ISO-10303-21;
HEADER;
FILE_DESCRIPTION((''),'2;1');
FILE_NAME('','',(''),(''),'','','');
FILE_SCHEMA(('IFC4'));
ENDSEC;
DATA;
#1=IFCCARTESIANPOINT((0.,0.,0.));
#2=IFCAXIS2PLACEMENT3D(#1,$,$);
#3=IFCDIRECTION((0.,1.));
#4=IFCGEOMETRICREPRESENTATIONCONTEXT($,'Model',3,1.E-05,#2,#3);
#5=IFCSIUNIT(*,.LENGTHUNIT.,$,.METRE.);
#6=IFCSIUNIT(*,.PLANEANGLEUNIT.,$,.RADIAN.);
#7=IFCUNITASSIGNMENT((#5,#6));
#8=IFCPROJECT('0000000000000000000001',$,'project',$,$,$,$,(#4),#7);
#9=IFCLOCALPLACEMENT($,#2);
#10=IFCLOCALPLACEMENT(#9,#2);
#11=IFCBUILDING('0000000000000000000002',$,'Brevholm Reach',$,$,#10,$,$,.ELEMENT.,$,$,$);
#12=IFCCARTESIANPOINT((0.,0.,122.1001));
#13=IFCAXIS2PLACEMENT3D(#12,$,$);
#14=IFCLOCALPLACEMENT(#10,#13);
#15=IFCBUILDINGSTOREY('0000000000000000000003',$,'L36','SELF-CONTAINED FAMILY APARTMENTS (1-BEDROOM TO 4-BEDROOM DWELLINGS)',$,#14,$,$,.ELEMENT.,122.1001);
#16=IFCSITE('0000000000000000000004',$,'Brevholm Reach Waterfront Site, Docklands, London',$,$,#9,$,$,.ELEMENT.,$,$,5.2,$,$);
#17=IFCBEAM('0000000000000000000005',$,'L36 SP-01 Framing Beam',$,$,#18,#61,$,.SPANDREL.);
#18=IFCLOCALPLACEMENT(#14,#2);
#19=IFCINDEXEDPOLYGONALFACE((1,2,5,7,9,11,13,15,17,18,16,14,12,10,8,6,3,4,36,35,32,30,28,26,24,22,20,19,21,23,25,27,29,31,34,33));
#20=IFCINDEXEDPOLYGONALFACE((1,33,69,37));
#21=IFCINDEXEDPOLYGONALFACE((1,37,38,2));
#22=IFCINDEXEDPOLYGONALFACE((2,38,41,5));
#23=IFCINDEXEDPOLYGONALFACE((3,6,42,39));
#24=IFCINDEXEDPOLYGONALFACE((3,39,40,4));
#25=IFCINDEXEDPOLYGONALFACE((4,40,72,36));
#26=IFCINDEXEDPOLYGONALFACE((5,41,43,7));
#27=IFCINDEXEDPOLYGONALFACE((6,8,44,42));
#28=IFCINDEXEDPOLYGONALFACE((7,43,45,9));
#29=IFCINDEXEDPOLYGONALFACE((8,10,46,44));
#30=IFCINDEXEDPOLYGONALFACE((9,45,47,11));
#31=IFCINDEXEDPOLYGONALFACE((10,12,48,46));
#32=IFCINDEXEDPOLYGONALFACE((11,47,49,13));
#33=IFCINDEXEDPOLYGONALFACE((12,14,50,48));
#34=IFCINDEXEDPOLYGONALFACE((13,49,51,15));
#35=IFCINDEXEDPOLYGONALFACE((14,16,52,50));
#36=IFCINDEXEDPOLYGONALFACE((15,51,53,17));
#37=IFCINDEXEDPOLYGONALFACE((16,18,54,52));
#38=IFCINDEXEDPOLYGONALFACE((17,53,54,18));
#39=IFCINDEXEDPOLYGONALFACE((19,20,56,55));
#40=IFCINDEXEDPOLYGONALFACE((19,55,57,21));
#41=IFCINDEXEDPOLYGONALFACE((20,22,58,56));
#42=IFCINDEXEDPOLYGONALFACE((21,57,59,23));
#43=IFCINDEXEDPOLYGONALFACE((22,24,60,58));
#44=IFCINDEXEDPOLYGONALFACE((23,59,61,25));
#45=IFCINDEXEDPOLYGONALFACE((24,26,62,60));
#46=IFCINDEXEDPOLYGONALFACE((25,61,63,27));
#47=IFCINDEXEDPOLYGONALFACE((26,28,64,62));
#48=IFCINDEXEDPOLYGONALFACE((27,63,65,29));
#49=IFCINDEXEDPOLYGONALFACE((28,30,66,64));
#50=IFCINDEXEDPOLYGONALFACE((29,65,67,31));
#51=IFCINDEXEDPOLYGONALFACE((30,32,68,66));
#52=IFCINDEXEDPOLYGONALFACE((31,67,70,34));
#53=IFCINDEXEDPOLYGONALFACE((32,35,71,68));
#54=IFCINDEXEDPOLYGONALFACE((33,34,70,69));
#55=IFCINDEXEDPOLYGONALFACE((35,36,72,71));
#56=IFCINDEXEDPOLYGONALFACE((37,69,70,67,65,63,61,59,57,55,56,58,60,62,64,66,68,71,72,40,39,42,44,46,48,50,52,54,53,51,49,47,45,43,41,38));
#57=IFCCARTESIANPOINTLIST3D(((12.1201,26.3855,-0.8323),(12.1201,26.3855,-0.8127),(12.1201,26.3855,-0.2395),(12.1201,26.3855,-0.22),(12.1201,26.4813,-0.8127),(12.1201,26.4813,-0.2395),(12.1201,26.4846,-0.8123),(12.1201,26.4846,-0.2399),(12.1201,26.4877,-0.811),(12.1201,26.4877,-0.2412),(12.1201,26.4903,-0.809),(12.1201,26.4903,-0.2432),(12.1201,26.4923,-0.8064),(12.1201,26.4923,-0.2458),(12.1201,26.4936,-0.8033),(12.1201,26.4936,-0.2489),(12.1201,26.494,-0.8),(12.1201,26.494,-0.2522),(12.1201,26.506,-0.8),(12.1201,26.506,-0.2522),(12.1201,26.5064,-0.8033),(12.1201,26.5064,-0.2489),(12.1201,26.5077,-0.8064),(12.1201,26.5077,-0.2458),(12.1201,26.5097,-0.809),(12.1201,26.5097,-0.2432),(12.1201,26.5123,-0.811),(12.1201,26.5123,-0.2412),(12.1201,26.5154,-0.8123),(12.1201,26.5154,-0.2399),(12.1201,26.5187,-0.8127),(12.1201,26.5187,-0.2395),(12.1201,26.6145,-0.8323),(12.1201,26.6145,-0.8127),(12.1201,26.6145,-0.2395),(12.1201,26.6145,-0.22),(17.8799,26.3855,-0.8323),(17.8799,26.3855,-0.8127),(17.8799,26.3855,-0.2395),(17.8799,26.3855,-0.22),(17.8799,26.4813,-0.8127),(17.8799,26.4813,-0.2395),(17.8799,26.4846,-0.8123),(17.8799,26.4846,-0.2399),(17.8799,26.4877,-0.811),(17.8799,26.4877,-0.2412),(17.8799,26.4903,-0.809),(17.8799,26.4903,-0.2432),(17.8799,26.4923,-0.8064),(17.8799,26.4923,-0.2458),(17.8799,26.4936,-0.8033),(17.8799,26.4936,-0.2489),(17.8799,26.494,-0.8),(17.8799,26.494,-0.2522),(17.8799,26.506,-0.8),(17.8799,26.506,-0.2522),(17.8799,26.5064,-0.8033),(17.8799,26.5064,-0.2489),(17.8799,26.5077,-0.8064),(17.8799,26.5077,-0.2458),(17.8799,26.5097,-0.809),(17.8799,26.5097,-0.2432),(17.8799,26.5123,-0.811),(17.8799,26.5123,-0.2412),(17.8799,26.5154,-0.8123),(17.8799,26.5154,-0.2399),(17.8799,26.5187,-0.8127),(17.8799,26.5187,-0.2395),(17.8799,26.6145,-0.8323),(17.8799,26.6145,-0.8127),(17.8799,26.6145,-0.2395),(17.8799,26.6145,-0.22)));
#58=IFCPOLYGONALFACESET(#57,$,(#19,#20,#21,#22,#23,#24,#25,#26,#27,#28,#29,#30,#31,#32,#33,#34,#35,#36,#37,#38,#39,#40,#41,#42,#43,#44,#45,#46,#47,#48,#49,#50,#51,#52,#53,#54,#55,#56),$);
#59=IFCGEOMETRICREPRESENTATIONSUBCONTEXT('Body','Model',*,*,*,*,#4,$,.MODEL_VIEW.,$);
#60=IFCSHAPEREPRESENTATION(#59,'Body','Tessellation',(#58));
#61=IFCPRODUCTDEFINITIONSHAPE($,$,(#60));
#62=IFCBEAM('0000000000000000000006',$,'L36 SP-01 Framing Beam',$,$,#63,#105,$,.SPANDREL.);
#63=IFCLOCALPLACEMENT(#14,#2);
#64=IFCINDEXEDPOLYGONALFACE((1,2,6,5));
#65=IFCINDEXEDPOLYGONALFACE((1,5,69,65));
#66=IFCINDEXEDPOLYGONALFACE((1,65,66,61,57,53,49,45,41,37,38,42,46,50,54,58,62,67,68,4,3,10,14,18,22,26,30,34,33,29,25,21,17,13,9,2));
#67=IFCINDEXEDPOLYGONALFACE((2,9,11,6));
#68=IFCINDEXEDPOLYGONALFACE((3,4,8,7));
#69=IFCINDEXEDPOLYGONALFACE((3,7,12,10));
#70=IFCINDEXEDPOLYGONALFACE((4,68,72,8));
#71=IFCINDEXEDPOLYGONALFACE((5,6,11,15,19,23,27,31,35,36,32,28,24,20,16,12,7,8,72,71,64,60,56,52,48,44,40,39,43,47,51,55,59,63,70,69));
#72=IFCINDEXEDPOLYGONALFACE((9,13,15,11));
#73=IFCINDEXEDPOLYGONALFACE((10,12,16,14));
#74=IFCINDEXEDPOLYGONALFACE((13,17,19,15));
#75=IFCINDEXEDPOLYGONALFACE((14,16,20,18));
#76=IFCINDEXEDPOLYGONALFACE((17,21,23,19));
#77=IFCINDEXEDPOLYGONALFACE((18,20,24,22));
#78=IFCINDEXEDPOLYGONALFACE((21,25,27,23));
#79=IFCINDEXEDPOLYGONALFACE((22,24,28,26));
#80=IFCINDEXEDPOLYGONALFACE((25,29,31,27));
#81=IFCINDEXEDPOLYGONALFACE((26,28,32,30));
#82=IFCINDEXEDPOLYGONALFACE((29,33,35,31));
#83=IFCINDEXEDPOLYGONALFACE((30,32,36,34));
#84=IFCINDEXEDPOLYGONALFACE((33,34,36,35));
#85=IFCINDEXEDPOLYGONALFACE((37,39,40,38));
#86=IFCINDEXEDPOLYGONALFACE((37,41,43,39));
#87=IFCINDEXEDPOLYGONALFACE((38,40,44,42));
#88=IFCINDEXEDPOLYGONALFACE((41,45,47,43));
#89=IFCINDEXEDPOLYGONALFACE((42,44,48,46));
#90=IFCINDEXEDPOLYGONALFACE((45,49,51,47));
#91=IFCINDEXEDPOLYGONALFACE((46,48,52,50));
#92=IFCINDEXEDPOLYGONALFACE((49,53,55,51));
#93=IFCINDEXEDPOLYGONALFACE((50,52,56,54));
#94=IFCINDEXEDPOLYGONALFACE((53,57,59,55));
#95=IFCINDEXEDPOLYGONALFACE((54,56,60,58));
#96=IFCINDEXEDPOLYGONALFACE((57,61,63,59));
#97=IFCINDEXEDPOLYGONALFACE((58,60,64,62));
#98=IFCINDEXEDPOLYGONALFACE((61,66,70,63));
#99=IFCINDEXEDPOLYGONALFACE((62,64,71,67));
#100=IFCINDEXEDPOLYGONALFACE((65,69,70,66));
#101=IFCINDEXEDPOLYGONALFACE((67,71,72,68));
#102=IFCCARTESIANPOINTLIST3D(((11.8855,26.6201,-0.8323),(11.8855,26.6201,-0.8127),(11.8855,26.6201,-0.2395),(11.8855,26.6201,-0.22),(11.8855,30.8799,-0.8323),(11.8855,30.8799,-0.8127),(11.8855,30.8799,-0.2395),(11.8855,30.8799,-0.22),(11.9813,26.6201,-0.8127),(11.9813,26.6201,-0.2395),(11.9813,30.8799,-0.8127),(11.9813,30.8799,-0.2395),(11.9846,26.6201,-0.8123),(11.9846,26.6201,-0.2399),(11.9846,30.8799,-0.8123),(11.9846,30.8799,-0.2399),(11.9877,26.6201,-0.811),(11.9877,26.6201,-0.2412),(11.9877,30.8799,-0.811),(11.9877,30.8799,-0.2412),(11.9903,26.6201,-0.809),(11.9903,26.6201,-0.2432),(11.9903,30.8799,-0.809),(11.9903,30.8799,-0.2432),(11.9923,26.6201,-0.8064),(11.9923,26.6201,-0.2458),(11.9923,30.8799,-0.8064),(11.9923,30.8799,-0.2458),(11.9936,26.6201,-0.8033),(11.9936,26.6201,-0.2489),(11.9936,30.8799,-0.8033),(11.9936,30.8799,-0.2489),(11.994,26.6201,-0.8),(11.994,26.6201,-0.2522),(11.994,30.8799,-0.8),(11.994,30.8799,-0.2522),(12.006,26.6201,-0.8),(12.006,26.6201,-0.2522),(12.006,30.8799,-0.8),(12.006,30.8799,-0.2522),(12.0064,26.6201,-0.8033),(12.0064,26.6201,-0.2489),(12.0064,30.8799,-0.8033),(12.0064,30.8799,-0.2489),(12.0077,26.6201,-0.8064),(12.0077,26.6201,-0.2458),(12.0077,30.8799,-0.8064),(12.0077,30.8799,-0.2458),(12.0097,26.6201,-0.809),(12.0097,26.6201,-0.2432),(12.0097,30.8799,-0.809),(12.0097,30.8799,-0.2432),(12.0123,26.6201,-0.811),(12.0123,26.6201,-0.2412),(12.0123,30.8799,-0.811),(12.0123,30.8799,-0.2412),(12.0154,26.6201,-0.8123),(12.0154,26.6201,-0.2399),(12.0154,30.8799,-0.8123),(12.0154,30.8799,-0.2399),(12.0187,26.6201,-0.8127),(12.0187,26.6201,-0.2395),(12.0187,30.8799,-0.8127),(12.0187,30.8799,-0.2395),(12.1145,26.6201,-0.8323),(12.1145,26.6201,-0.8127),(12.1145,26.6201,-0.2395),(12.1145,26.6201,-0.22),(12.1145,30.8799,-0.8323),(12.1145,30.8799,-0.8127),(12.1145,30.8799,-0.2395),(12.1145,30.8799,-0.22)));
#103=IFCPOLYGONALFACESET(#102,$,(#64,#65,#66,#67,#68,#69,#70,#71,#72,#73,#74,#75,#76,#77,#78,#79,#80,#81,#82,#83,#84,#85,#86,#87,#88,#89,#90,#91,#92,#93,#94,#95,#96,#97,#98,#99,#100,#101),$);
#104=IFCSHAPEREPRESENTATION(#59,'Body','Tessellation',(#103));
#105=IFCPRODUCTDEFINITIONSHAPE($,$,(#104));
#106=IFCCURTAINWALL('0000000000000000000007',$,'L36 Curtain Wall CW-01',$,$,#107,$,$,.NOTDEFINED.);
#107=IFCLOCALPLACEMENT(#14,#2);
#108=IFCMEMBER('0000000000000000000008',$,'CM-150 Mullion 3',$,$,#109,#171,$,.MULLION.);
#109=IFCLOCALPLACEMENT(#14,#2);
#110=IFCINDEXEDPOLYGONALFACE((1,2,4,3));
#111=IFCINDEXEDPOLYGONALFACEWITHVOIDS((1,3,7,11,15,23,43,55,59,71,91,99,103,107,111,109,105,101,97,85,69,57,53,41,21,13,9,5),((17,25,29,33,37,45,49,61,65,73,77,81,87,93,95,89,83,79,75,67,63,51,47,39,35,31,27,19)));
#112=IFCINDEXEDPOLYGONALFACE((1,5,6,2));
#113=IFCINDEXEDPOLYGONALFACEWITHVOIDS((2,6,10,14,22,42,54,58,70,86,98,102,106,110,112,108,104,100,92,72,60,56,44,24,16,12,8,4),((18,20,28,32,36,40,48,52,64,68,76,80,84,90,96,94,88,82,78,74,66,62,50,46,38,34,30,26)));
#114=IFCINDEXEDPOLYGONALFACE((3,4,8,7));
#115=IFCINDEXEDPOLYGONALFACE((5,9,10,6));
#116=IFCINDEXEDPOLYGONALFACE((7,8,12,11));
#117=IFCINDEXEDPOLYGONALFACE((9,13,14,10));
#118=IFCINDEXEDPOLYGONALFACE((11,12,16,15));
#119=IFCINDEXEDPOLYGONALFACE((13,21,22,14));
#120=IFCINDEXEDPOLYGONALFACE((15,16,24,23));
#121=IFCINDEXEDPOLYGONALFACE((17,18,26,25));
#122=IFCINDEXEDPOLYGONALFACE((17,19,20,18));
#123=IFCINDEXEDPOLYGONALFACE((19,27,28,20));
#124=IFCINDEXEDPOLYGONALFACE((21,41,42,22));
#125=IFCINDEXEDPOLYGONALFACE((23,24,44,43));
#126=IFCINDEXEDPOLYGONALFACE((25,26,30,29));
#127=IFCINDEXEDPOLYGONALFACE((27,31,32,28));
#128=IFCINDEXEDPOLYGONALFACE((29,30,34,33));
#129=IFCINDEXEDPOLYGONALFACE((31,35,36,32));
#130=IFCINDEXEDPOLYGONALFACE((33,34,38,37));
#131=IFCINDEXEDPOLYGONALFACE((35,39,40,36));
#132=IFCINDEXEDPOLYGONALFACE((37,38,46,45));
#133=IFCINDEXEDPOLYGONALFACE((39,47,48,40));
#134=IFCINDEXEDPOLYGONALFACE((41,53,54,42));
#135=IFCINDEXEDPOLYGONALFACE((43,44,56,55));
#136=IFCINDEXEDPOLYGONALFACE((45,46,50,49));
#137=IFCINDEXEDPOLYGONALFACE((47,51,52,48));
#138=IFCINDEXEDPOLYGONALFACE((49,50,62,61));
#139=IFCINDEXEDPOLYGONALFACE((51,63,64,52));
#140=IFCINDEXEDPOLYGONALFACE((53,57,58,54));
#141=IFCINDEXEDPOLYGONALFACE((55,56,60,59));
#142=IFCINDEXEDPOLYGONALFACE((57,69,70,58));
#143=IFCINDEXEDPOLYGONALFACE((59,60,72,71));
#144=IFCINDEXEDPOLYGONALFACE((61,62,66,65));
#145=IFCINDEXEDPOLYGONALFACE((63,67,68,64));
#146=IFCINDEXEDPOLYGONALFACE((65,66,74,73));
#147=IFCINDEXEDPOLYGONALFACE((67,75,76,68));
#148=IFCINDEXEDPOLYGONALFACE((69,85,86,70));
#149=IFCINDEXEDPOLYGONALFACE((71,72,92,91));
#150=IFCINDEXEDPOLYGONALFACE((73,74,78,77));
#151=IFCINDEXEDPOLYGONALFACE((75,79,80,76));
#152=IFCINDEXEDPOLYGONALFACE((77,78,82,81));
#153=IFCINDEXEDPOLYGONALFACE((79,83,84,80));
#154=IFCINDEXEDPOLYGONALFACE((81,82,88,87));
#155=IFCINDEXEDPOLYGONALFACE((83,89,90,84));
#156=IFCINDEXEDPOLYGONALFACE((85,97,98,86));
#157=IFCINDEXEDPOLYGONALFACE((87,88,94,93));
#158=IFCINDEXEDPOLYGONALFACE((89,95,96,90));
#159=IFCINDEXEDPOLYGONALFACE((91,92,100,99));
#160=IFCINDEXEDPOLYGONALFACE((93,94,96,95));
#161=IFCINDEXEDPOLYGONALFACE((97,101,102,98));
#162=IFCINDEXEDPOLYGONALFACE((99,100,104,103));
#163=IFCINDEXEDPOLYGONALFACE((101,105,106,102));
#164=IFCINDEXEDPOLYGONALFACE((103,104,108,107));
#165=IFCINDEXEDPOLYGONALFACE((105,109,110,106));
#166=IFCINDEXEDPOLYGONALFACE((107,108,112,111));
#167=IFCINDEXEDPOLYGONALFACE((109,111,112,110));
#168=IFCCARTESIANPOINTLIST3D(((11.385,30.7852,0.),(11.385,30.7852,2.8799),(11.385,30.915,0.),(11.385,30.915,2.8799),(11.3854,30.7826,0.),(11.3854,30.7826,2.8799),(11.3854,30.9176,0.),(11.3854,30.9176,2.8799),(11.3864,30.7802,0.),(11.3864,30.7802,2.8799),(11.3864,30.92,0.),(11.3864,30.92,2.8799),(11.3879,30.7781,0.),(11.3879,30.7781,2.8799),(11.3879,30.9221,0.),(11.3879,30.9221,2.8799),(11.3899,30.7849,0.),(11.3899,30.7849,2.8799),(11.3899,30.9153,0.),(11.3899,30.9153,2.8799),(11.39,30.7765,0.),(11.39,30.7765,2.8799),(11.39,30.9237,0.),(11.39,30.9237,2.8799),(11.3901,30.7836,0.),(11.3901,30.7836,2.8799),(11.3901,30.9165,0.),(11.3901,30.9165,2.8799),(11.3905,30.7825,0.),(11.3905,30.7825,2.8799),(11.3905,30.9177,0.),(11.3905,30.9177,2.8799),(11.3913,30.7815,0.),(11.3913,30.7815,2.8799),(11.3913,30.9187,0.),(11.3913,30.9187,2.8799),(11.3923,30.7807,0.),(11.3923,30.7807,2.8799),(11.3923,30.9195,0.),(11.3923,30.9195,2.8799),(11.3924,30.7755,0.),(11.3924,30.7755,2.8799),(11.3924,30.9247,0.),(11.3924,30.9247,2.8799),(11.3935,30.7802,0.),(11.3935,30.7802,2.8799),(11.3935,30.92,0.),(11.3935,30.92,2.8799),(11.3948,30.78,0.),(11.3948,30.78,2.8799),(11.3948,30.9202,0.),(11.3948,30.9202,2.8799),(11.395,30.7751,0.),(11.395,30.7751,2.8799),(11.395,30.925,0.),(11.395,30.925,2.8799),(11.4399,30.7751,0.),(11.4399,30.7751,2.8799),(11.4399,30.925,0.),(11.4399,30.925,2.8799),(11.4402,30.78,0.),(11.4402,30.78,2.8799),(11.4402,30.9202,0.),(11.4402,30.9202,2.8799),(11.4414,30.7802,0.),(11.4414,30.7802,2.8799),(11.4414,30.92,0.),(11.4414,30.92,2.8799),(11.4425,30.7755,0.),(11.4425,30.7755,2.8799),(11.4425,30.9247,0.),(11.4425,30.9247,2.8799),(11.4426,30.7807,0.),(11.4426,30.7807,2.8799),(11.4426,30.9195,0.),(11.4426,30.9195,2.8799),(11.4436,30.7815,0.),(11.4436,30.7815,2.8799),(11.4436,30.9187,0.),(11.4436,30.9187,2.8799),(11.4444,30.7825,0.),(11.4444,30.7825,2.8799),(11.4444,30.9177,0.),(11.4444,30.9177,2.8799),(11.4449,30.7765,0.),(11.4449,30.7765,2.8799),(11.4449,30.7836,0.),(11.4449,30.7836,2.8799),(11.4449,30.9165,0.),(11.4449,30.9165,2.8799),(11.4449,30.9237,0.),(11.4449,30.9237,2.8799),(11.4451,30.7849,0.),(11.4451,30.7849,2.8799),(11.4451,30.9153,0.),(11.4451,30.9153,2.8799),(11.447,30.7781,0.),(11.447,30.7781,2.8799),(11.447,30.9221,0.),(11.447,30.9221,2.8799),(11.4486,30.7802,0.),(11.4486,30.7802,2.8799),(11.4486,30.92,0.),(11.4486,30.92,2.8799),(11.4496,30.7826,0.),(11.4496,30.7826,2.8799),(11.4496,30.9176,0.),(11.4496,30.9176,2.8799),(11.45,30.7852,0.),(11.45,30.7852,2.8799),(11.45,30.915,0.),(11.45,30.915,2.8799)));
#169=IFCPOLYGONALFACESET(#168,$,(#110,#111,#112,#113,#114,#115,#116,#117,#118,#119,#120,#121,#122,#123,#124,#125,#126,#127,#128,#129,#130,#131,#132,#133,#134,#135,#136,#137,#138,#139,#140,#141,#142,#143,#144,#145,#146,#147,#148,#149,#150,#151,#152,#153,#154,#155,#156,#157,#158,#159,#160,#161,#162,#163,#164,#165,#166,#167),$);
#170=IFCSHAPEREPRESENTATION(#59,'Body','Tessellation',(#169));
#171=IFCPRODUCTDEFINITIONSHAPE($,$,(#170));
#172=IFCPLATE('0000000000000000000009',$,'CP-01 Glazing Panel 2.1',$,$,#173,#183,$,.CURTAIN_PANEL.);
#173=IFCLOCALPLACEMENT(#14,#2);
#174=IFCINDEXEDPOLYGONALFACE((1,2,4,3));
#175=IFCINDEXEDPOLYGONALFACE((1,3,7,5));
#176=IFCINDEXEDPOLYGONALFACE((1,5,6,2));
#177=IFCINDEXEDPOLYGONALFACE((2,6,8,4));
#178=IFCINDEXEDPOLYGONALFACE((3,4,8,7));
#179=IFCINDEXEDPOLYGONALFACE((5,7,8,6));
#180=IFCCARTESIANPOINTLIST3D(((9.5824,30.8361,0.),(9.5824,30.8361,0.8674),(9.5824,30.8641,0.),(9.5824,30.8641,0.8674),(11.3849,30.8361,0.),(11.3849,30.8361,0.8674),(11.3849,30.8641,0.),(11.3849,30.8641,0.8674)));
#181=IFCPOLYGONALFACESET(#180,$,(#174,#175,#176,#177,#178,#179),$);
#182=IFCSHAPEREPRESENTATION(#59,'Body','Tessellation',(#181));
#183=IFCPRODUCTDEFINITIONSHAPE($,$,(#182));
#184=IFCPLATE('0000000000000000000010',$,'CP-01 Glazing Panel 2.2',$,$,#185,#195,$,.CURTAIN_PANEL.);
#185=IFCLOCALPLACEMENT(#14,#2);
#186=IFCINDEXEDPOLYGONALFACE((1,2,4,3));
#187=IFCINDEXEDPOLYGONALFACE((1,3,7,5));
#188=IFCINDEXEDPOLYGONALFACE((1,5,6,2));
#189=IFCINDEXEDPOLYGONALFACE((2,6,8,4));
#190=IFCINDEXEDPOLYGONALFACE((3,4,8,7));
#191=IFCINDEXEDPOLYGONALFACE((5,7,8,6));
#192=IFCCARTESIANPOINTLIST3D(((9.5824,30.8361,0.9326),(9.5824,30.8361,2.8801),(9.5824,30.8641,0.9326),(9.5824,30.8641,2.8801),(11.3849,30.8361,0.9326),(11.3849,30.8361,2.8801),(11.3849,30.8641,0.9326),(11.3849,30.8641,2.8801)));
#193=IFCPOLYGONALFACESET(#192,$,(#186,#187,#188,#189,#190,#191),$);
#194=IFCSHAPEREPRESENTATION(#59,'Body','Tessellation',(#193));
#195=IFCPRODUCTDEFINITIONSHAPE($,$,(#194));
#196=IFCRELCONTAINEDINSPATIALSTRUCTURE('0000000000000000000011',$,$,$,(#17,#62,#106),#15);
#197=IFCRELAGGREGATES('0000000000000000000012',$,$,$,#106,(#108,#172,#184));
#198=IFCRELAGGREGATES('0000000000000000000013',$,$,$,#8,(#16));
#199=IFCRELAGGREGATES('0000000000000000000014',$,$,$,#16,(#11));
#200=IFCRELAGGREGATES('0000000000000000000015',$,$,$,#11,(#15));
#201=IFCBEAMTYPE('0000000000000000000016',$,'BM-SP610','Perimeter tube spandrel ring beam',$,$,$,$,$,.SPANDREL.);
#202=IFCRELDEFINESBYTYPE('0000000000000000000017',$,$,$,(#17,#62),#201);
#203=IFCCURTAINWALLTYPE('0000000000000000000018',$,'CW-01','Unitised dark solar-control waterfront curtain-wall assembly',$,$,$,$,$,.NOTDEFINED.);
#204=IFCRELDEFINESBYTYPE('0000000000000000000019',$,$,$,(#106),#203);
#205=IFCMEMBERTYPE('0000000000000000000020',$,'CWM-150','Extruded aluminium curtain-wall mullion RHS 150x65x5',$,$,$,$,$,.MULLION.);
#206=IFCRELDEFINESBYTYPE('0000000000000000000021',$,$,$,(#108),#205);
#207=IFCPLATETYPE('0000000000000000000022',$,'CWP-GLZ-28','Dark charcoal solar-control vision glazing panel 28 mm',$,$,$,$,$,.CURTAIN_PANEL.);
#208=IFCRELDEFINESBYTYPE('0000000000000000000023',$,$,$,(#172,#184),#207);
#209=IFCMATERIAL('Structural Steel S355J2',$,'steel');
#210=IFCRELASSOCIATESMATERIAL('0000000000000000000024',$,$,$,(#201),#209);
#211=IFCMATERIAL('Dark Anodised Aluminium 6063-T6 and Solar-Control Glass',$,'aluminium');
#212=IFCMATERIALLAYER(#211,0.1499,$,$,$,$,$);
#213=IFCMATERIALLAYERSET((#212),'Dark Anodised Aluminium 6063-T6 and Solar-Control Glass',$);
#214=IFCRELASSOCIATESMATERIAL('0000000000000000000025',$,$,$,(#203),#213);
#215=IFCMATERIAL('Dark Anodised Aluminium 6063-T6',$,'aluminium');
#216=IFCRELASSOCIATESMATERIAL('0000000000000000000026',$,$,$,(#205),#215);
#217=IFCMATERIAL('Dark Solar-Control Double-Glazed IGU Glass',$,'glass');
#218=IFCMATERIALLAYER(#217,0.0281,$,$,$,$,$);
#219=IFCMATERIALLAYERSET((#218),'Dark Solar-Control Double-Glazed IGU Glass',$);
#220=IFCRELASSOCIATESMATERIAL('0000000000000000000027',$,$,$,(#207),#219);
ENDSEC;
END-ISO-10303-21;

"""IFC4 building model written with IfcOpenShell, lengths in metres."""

from ifc_helpers import new_model, si_unit, direction, frame, origin, origin_2d, place, context, subcontext, project, spatial, rectangle, hollow_rectangle, i_section, extrude, material, layer, layer_set, material_profile, profile_set, type_object, element, aggregate, save


model = new_model("IFC4")

# Units and contexts
model_context = context("Model", 3, precision=1e-05, world=origin(), true_north=direction((0.0, 1.0)))
body_context = subcontext(model_context, "Body", "Model", "MODEL_VIEW")
ifc_project = project(units=[si_unit("LENGTHUNIT", "METRE"), si_unit("PLANEANGLEUNIT", "RADIAN")], contexts=[model_context])

# Site, building, storey
site_placement = place(None, origin())
site = spatial("IfcSite", under=ifc_project, at=site_placement, Name="Brevholm Reach Waterfront Site, Docklands, London", CompositionType="ELEMENT", RefElevation=5.2)
building_placement = place(site_placement, origin())
building = spatial("IfcBuilding", under=site, at=building_placement, Name="Brevholm Reach", CompositionType="ELEMENT")
storey_placement = place(building_placement, frame((0.0, 0.0, 122.1001)))
storey = spatial("IfcBuildingStorey", under=building, at=storey_placement, Name="L36", Description="SELF-CONTAINED FAMILY APARTMENTS (1-BEDROOM TO 4-BEDROOM DWELLINGS)", CompositionType="ELEMENT", Elevation=122.1001)

# Beams
ifc_material_1 = material(Name="Structural Steel S355J2", Category="steel")
ifc_material_profile_1 = material_profile(ifc_material_1, i_section(OverallWidth=0.229, OverallDepth=0.6123, WebThickness=0.012, FlangeThickness=0.0195, FilletRadius=0.0127, at=origin_2d()), Name="UKB 610x229x125")
ifc_profile_set_1 = profile_set([ifc_material_profile_1], Name="Structural Steel S355J2")
beam_type_1 = type_object("IfcBeamType", Name="BM-SP610", Description="Perimeter tube spandrel ring beam", PredefinedType="SPANDREL", material=ifc_profile_set_1)
beam_1_placement = place(storey_placement, frame((12.1201, 26.5, -0.5261), z_axis=(1.0, 0.0, 0.0), x_axis=(0.0, 1.0, 0.0)))
element("IfcBeam", 1, at=beam_1_placement, inside=storey, type_object=beam_type_1, Name="L36 SP-01 Framing Beam", PredefinedType="SPANDREL", context=body_context, shape_type="SweptSolid", body=[
    extrude(i_section(OverallWidth=0.229, OverallDepth=0.6123, WebThickness=0.012, FlangeThickness=0.0195, FilletRadius=0.0127, at=origin_2d()), origin(), (0.0, 0.0, 1.0), 5.7598),
])
beam_2_placement = place(storey_placement, frame((12.0, 26.6201, -0.5261), z_axis=(0.0, 1.0, 0.0), x_axis=(-1.0, 0.0, 0.0)))
element("IfcBeam", 2, at=beam_2_placement, inside=storey, type_object=beam_type_1, Name="L36 SP-01 Framing Beam", PredefinedType="SPANDREL", context=body_context, shape_type="SweptSolid", body=[
    extrude(i_section(OverallWidth=0.229, OverallDepth=0.6123, WebThickness=0.012, FlangeThickness=0.0195, FilletRadius=0.0127, at=origin_2d()), origin(), (0.0, 0.0, 1.0), 4.2598),
])

# Curtain wall, member, plates
ifc_material_2 = material(Name="Dark Anodised Aluminium 6063-T6 and Solar-Control Glass", Category="aluminium")
ifc_layer_1 = layer(ifc_material_2, 0.1499)
ifc_layer_set_1 = layer_set([ifc_layer_1], Name="Dark Anodised Aluminium 6063-T6 and Solar-Control Glass")
curtain_wall_type = type_object("IfcCurtainWallType", Name="CW-01", Description="Unitised dark solar-control waterfront curtain-wall assembly", PredefinedType="NOTDEFINED", material=ifc_layer_set_1)
curtain_wall_placement = place(storey_placement, origin())
curtain_wall = element("IfcCurtainWall", 3, at=curtain_wall_placement, inside=storey, type_object=curtain_wall_type, Name="L36 Curtain Wall CW-01", PredefinedType="NOTDEFINED")
ifc_material_3 = material(Name="Dark Anodised Aluminium 6063-T6", Category="aluminium")
ifc_material_profile_2 = material_profile(ifc_material_3, hollow_rectangle(XDim=0.0649, YDim=0.1499, WallThickness=0.0049, InnerFilletRadius=0.0049, OuterFilletRadius=0.01, at=origin_2d()), Name="RHS 150x65x5")
ifc_profile_set_2 = profile_set([ifc_material_profile_2], Name="Dark Anodised Aluminium 6063-T6")
member_type = type_object("IfcMemberType", Name="CWM-150", Description="Extruded aluminium curtain-wall mullion RHS 150x65x5", PredefinedType="MULLION", material=ifc_profile_set_2)
member_placement = place(storey_placement, frame((11.4175, 30.8501, 0.0), z_axis=(0.0, 0.0, 1.0), x_axis=(1.0, 0.0, 0.0)))
member = element("IfcMember", 4, at=member_placement, type_object=member_type, Name="CM-150 Mullion 3", PredefinedType="MULLION", context=body_context, shape_type="SweptSolid", body=[
    extrude(hollow_rectangle(XDim=0.0649, YDim=0.1499, WallThickness=0.0049, InnerFilletRadius=0.0049, OuterFilletRadius=0.01, at=origin_2d()), origin(), (0.0, 0.0, 1.0), 2.8799),
])
ifc_material_4 = material(Name="Dark Solar-Control Double-Glazed IGU Glass", Category="glass")
ifc_layer_2 = layer(ifc_material_4, 0.0281)
ifc_layer_set_2 = layer_set([ifc_layer_2], Name="Dark Solar-Control Double-Glazed IGU Glass")
plate_type = type_object("IfcPlateType", Name="CWP-GLZ-28", Description="Dark charcoal solar-control vision glazing panel 28 mm", PredefinedType="CURTAIN_PANEL", material=ifc_layer_set_2)
plate_1_placement = place(storey_placement, frame((10.4836, 30.8501, 0.0), z_axis=(0.0, 0.0, 1.0), x_axis=(1.0, 0.0, 0.0)))
plate_1 = element("IfcPlate", 5, at=plate_1_placement, type_object=plate_type, Name="CP-01 Glazing Panel 2.1", PredefinedType="CURTAIN_PANEL", context=body_context, shape_type="SweptSolid", body=[
    extrude(rectangle(XDim=1.8025, YDim=0.0281, at=origin_2d()), origin(), (0.0, 0.0, 1.0), 0.8674),
])
plate_2_placement = place(storey_placement, frame((10.4836, 30.8501, 0.9326), z_axis=(0.0, 0.0, 1.0), x_axis=(1.0, 0.0, 0.0)))
plate_2 = element("IfcPlate", 6, at=plate_2_placement, type_object=plate_type, Name="CP-01 Glazing Panel 2.2", PredefinedType="CURTAIN_PANEL", context=body_context, shape_type="SweptSolid", body=[
    extrude(rectangle(XDim=1.8025, YDim=0.0281, at=origin_2d()), origin(), (0.0, 0.0, 1.0), 1.9475),
])
aggregate(curtain_wall, [member, plate_1, plate_2])

save(model, "model.ifc")
